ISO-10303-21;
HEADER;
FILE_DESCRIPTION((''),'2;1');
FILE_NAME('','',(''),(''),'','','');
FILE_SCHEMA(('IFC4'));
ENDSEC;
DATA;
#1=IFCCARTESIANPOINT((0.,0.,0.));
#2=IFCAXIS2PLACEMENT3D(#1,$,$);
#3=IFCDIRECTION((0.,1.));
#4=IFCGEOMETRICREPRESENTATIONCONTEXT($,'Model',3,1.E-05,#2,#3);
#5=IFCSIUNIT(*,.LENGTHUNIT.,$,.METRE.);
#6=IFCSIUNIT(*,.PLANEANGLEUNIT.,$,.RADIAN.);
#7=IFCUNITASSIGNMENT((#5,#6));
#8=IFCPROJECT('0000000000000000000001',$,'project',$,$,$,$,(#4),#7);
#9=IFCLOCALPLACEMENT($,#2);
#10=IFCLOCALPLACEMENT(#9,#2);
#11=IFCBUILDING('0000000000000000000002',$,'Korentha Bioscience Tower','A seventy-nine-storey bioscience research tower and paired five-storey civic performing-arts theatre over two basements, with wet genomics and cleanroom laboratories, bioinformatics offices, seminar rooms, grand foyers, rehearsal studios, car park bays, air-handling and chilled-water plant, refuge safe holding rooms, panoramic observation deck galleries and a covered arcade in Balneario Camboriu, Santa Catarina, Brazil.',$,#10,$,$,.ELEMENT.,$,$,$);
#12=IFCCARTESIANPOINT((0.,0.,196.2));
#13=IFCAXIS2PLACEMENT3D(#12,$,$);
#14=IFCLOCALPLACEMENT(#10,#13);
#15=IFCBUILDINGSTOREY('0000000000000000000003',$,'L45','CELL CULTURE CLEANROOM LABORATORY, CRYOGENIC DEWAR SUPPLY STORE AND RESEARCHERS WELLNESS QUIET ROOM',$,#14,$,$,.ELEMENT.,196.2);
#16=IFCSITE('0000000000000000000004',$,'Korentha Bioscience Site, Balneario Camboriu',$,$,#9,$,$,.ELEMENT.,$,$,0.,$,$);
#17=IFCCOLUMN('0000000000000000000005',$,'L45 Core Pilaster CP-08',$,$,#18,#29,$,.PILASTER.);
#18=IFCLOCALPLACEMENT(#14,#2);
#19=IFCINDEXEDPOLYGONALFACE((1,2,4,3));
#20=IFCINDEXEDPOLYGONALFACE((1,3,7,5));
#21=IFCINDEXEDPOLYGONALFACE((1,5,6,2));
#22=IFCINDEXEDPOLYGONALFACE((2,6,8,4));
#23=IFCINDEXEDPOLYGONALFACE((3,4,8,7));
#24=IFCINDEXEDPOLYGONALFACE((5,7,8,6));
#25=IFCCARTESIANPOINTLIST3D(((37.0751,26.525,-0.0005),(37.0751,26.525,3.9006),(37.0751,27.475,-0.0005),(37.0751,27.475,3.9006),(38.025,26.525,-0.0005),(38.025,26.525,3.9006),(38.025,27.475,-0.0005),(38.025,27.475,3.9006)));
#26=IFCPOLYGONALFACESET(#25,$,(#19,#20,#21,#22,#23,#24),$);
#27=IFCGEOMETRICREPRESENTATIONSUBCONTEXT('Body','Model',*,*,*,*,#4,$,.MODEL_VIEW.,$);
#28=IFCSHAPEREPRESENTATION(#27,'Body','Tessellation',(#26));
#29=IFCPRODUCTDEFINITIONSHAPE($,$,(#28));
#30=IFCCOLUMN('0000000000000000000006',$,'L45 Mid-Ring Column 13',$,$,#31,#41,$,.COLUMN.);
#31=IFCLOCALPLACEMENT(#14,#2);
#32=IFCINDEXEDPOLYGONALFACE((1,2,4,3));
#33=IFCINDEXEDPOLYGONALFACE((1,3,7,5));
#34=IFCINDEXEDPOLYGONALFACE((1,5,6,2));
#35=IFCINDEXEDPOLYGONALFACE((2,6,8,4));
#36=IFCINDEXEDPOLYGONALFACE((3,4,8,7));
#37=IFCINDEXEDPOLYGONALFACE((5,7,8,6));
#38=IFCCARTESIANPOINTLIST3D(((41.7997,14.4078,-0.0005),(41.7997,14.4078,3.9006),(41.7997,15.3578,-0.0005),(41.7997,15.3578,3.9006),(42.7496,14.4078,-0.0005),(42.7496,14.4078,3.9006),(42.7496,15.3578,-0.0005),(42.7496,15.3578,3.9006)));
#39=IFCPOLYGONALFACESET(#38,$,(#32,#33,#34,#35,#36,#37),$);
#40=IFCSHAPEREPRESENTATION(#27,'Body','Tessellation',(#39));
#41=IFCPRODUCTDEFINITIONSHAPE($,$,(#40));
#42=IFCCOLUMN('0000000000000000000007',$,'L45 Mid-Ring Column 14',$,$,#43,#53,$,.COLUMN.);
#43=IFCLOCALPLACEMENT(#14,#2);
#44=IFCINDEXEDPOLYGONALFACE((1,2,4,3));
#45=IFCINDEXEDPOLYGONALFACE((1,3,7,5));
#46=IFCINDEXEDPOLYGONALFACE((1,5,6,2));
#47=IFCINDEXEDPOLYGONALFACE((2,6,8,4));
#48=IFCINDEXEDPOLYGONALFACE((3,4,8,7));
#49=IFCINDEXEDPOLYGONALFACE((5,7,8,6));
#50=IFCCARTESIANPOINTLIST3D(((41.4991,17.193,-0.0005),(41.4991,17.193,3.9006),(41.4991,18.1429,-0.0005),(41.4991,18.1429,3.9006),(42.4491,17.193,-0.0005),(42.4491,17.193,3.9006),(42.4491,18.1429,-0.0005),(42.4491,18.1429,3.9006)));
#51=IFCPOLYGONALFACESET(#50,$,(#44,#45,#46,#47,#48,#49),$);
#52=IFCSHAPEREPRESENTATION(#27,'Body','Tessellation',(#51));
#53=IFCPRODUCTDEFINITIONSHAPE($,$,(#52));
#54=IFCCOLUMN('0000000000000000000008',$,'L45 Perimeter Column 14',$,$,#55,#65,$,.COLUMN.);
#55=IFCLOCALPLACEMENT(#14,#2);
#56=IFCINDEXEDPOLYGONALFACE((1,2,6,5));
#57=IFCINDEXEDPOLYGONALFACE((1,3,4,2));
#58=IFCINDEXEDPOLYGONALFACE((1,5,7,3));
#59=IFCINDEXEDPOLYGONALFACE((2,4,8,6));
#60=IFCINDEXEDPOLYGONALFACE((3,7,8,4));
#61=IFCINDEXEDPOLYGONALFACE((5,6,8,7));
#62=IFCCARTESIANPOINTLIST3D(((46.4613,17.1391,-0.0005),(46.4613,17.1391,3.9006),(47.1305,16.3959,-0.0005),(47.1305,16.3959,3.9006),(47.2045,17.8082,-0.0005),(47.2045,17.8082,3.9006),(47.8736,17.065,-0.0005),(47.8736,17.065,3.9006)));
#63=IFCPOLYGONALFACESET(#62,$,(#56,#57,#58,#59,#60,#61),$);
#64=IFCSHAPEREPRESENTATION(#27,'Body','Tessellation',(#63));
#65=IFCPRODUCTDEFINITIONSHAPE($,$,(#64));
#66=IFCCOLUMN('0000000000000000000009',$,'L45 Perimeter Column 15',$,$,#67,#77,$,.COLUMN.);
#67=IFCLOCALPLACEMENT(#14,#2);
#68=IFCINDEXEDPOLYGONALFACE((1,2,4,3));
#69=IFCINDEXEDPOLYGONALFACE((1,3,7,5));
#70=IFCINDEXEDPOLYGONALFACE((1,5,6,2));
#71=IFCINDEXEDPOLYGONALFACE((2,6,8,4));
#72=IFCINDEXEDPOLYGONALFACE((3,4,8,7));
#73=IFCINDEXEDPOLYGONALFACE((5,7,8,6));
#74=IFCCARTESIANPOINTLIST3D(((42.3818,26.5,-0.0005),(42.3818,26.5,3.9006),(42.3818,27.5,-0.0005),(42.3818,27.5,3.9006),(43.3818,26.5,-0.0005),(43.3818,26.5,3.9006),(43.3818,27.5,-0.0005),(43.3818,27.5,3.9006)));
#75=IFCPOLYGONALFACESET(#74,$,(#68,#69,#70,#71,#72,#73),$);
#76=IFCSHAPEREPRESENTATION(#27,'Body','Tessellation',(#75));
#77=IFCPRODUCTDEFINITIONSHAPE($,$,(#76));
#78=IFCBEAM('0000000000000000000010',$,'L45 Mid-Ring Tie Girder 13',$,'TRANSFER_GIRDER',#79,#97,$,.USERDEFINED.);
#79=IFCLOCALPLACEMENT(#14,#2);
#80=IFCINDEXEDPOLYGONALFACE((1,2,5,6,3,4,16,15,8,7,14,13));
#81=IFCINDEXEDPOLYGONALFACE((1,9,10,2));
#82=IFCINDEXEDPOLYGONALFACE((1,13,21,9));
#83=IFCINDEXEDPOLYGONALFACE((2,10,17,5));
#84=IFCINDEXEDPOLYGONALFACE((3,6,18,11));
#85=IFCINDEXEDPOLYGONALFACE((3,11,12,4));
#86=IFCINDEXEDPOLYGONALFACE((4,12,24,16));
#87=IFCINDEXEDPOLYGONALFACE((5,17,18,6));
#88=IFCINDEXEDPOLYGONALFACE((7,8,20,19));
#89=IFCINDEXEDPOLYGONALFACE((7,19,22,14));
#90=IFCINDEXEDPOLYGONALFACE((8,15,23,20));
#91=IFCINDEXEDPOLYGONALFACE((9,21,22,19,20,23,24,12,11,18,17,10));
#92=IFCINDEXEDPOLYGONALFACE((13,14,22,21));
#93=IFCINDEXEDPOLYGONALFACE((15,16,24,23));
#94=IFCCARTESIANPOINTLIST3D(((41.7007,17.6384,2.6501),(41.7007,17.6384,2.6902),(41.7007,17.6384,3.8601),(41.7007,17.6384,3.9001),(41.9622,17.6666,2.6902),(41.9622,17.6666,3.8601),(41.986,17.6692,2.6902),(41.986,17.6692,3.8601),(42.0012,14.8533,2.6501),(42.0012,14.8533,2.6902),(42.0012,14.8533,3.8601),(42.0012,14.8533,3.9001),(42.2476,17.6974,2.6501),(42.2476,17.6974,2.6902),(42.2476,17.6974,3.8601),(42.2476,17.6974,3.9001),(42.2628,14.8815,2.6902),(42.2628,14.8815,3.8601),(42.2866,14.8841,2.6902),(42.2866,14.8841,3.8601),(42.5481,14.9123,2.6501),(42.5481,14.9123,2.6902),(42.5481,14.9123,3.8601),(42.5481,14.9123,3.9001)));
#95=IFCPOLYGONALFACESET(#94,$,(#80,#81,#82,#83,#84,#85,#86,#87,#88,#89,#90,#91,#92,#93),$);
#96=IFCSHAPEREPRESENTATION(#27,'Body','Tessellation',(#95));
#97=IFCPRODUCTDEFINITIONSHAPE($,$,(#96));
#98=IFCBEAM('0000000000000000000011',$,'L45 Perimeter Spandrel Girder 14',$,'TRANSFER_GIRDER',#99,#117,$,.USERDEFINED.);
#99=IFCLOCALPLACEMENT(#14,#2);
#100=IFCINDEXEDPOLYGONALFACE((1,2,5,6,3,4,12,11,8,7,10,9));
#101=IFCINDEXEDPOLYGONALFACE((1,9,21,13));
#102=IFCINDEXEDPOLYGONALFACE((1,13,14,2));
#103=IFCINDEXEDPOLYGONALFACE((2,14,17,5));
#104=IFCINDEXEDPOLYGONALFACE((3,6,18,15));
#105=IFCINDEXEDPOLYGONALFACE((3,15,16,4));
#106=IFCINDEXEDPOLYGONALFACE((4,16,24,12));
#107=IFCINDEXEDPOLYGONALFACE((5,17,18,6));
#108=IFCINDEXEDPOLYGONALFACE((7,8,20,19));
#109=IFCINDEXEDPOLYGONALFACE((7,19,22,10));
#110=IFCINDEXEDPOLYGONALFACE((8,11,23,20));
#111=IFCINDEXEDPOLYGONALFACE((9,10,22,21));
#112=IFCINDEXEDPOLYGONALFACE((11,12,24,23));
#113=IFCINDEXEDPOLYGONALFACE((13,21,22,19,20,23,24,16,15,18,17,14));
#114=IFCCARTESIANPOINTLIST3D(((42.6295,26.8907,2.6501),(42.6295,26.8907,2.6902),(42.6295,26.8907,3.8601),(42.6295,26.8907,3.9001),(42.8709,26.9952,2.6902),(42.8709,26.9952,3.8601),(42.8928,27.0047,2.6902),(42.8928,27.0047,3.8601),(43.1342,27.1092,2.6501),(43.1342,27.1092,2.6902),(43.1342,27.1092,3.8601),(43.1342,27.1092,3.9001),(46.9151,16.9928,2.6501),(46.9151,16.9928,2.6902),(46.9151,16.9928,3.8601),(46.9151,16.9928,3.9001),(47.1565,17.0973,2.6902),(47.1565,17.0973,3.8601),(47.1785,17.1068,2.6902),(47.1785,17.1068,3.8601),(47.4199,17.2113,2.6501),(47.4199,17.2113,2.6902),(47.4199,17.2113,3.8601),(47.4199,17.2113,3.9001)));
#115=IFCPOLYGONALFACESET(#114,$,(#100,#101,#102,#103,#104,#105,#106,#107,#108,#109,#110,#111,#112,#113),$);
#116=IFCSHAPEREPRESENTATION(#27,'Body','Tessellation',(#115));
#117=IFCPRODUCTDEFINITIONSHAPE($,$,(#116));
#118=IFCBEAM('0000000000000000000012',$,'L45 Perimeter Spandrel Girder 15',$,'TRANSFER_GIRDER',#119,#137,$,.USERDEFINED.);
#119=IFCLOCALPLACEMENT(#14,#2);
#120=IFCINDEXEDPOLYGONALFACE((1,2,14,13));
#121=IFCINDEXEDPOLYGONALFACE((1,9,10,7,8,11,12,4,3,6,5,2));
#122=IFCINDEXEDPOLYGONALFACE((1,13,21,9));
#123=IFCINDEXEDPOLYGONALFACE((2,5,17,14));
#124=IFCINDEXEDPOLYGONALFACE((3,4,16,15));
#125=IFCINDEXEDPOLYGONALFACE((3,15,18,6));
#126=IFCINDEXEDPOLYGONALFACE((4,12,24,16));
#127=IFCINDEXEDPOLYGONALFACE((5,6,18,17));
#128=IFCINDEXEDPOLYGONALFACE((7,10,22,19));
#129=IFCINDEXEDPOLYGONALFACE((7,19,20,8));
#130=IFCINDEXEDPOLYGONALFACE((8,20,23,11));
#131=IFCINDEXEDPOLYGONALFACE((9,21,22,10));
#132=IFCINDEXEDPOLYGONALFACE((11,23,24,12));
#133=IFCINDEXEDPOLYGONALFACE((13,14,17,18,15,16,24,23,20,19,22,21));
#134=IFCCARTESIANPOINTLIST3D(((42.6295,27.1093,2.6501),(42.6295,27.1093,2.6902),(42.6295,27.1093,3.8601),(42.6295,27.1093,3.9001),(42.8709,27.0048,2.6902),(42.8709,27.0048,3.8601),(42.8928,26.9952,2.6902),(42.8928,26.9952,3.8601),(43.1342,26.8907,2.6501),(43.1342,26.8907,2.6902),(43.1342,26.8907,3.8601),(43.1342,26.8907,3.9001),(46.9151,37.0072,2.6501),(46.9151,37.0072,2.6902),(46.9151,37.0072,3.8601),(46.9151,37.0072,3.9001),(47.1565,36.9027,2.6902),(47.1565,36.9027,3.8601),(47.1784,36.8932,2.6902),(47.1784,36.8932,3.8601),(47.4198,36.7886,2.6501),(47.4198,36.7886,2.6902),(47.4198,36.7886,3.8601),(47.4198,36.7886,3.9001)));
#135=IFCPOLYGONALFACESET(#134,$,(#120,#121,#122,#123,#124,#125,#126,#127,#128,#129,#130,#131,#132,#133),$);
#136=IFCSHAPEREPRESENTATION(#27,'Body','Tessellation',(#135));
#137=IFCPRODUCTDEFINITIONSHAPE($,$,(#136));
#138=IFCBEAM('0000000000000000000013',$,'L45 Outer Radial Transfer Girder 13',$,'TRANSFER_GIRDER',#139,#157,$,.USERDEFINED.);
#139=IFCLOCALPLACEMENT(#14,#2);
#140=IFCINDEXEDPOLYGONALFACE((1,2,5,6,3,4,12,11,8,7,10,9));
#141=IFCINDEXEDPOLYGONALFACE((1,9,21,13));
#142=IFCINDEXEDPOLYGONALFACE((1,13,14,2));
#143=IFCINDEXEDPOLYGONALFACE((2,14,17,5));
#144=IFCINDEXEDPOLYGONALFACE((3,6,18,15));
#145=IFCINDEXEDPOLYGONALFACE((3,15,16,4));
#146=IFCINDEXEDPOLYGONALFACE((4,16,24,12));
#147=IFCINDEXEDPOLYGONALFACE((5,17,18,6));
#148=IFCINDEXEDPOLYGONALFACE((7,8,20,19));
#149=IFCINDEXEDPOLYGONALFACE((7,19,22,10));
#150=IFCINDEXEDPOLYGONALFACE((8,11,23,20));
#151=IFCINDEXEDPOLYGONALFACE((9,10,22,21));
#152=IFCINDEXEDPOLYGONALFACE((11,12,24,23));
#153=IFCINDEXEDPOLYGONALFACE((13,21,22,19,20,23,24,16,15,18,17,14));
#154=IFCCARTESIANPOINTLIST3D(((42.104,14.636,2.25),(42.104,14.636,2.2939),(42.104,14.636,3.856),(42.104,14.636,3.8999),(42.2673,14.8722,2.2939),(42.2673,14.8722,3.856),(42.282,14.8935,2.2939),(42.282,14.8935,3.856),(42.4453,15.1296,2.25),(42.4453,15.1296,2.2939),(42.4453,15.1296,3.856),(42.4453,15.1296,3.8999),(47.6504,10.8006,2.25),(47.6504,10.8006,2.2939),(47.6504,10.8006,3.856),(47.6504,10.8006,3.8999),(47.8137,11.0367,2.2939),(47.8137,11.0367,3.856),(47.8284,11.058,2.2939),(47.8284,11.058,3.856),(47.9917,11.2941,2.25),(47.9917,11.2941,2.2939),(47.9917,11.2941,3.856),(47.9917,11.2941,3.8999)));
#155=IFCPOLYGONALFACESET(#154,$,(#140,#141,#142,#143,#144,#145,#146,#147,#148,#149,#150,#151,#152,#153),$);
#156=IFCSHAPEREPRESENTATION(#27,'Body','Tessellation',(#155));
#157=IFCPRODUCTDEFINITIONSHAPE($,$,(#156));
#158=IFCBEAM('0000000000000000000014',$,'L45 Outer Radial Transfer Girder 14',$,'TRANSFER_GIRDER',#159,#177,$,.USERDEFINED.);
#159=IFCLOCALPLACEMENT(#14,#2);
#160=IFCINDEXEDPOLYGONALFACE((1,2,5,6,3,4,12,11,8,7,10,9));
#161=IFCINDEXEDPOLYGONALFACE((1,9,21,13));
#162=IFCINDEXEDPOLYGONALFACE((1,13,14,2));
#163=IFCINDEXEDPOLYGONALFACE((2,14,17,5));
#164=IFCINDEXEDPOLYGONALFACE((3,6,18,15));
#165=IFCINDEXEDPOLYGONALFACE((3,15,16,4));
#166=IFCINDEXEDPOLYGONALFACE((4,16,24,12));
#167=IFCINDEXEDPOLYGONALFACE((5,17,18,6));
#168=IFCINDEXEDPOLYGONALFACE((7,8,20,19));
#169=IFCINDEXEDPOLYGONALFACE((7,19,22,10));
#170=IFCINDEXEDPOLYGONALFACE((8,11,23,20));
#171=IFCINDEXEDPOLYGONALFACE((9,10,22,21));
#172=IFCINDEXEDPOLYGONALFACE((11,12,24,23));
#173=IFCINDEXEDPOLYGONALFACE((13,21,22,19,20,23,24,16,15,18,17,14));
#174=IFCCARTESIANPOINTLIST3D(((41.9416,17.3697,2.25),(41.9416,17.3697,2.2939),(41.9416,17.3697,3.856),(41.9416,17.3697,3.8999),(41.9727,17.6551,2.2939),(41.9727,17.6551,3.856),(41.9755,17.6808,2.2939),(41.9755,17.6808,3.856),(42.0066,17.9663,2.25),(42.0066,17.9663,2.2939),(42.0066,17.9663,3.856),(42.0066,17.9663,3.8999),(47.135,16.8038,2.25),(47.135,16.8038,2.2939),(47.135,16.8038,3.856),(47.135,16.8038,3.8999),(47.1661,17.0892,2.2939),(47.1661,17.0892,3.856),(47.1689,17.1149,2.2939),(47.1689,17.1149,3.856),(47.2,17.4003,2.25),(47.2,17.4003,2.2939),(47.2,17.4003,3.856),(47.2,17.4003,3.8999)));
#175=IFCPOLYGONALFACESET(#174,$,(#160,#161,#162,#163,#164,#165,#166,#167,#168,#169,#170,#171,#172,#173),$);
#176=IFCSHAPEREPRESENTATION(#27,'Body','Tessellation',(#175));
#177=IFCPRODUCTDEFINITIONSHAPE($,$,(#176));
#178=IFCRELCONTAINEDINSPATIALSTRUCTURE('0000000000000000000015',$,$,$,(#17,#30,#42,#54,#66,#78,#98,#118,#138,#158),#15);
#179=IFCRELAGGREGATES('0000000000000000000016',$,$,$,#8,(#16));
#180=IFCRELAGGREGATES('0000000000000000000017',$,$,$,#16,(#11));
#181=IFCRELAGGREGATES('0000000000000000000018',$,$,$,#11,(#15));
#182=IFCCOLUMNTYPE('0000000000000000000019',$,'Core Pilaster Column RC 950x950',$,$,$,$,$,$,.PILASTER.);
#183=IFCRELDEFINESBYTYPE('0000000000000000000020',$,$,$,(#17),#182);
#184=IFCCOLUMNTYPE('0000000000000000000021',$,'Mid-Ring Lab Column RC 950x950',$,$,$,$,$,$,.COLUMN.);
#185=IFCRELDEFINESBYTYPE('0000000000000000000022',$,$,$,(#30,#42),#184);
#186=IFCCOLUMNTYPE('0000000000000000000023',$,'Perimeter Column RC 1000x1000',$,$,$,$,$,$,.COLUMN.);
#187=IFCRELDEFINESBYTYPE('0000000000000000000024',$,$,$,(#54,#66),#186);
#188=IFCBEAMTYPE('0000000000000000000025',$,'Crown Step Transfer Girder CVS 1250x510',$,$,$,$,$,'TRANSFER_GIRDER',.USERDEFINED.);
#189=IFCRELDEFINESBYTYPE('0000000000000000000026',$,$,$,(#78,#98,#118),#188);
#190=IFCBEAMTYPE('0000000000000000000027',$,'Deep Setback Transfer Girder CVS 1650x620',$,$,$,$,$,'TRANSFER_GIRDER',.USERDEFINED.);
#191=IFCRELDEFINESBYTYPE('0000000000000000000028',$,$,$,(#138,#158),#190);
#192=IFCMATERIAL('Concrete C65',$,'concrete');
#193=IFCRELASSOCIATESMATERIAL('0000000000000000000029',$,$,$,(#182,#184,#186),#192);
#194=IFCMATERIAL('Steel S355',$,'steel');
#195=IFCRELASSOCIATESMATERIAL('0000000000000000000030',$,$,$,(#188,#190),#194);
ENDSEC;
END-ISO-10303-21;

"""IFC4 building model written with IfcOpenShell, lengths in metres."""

from ifc_helpers import new_model, si_unit, direction, frame, origin, origin_2d, place, context, subcontext, project, spatial, rectangle, i_section, extrude, material, material_profile, profile_set, type_object, element, save


model = new_model("IFC4")

# Units and contexts
model_context = context("Model", 3, precision=1e-05, world=origin(), true_north=direction((0.0, 1.0)))
body_context = subcontext(model_context, "Body", "Model", "MODEL_VIEW")
ifc_project = project(units=[si_unit("LENGTHUNIT", "METRE"), si_unit("PLANEANGLEUNIT", "RADIAN")], contexts=[model_context])

# Site, building, storey
site_placement = place(None, origin())
site = spatial("IfcSite", under=ifc_project, at=site_placement, Name="Korentha Bioscience Site, Balneario Camboriu", CompositionType="ELEMENT", RefElevation=0.0)
building_placement = place(site_placement, origin())
building = spatial("IfcBuilding", under=site, at=building_placement, Name="Korentha Bioscience Tower", Description="A seventy-nine-storey bioscience research tower and paired five-storey civic performing-arts theatre over two basements, with wet genomics and cleanroom laboratories, bioinformatics offices, seminar rooms, grand foyers, rehearsal studios, car park bays, air-handling and chilled-water plant, refuge safe holding rooms, panoramic observation deck galleries and a covered arcade in Balneario Camboriu, Santa Catarina, Brazil.", CompositionType="ELEMENT")
storey_placement = place(building_placement, frame((0.0, 0.0, 196.2)))
storey = spatial("IfcBuildingStorey", under=building, at=storey_placement, Name="L45", Description="CELL CULTURE CLEANROOM LABORATORY, CRYOGENIC DEWAR SUPPLY STORE AND RESEARCHERS WELLNESS QUIET ROOM", CompositionType="ELEMENT", Elevation=196.2)

# Columns
ifc_material_1 = material(Name="Concrete C65", Category="concrete")
ifc_material_profile_1 = material_profile(ifc_material_1, rectangle(XDim=0.95, YDim=0.95, at=origin_2d()), Name="Concrete C65")
ifc_profile_set_1 = profile_set([ifc_material_profile_1], Name="Concrete C65 (COL-CP09)")
column_type_1 = type_object("IfcColumnType", Name="Core Pilaster Column RC 950x950", PredefinedType="PILASTER", material=ifc_profile_set_1)
column_placement = place(storey_placement, frame((37.55, 27.0, -0.0005), z_axis=(0.0, 0.0, 1.0), x_axis=(1.0, 0.0, 0.0)))
element("IfcColumn", 1, at=column_placement, inside=storey, type_object=column_type_1, Name="L45 Core Pilaster CP-08", PredefinedType="PILASTER", context=body_context, shape_type="SweptSolid", body=[
    extrude(rectangle(XDim=0.95, YDim=0.95, at=origin_2d()), origin(), (0.0, 0.0, 1.0), 3.9011),
])
ifc_material_profile_2 = material_profile(ifc_material_1, rectangle(XDim=0.95, YDim=0.95, at=origin_2d()), Name="Concrete C65")
ifc_profile_set_2 = profile_set([ifc_material_profile_2], Name="Concrete C65 (COL-MR09)")
column_type_2 = type_object("IfcColumnType", Name="Mid-Ring Lab Column RC 950x950", PredefinedType="COLUMN", material=ifc_profile_set_2)
for number, where, z_axis, x_axis, name in (
    (2, (42.2747, 14.8828, -0.0005), (0.0, 0.0, 1.0), (1.0, 0.0, 0.0), "L45 Mid-Ring Column 13"),
    (3, (41.9741, 17.668, -0.0005), (0.0, 0.0, 1.0), (1.0, 0.0, 0.0), "L45 Mid-Ring Column 14"),
):
    element("IfcColumn", number, at=place(storey_placement, frame(where, z_axis=z_axis, x_axis=x_axis)), inside=storey, type_object=column_type_2, Name=name, PredefinedType="COLUMN", context=body_context, shape_type="SweptSolid", body=[
        extrude(rectangle(XDim=0.95, YDim=0.95, at=origin_2d()), origin(), (0.0, 0.0, 1.0), 3.9011),
    ])
ifc_material_profile_3 = material_profile(ifc_material_1, rectangle(XDim=1.0, YDim=1.0, at=origin_2d()), Name="Concrete C65")
ifc_profile_set_3 = profile_set([ifc_material_profile_3], Name="Concrete C65 (COL-P10)")
column_type_3 = type_object("IfcColumnType", Name="Perimeter Column RC 1000x1000", PredefinedType="COLUMN", material=ifc_profile_set_3)
for number, where, z_axis, x_axis, name in (
    (4, (47.1675, 17.1021, -0.0005), (0.0, 0.0, 1.0), (-0.669131, 0.743145, 0.0), "L45 Perimeter Column 14"),
    (5, (42.8818, 27.0, -0.0005), (0.0, 0.0, 1.0), (0.0, 1.0, 0.0), "L45 Perimeter Column 15"),
):
    element("IfcColumn", number, at=place(storey_placement, frame(where, z_axis=z_axis, x_axis=x_axis)), inside=storey, type_object=column_type_3, Name=name, PredefinedType="COLUMN", context=body_context, shape_type="SweptSolid", body=[
        extrude(rectangle(XDim=1.0, YDim=1.0, at=origin_2d()), origin(), (0.0, 0.0, 1.0), 3.9011),
    ])

# Beams
ifc_material_2 = material(Name="Steel S355", Category="steel")
ifc_material_profile_4 = material_profile(ifc_material_2, i_section(OverallWidth=0.55, OverallDepth=1.25, WebThickness=0.0239, FlangeThickness=0.04, at=origin_2d()), Name="Steel S355")
ifc_profile_set_4 = profile_set([ifc_material_profile_4], Name="Steel S355 (TG-03)")
beam_type_1 = type_object("IfcBeamType", Name="Crown Step Transfer Girder CVS 1250x510", ElementType="TRANSFER_GIRDER", PredefinedType="USERDEFINED", material=ifc_profile_set_4)
beam_1_placement = place(storey_placement, frame((42.2747, 14.8828, 3.2751), z_axis=(-0.107284, 0.994228, 0.0), x_axis=(-0.994228, -0.107284, 0.0)))
element("IfcBeam", 6, at=beam_1_placement, inside=storey, type_object=beam_type_1, Name="L45 Mid-Ring Tie Girder 13", ObjectType="TRANSFER_GIRDER", PredefinedType="USERDEFINED", context=body_context, shape_type="SweptSolid", body=[
    extrude(i_section(OverallWidth=0.55, OverallDepth=1.25, WebThickness=0.0239, FlangeThickness=0.04, at=origin_2d()), origin(), (0.0, 0.0, 1.0), 2.8013),
])
for number, where, z_axis, x_axis, name in (
    (7, (47.1675, 17.1021, 3.2751), (-0.397337, 0.917673, 0.0), (-0.917673, -0.397337, 0.0), "L45 Perimeter Spandrel Girder 14"),
    (8, (42.8818, 27.0, 3.2751), (0.397337, 0.917673, 0.0), (-0.917673, 0.397337, 0.0), "L45 Perimeter Spandrel Girder 15"),
):
    element("IfcBeam", number, at=place(storey_placement, frame(where, z_axis=z_axis, x_axis=x_axis)), inside=storey, type_object=beam_type_1, Name=name, ObjectType="TRANSFER_GIRDER", PredefinedType="USERDEFINED", context=body_context, shape_type="SweptSolid", body=[
        extrude(i_section(OverallWidth=0.55, OverallDepth=1.25, WebThickness=0.0239, FlangeThickness=0.04, at=origin_2d()), origin(), (0.0, 0.0, 1.0), 10.7859),
    ])
ifc_material_profile_5 = material_profile(ifc_material_2, i_section(OverallWidth=0.6001, OverallDepth=1.6499, WebThickness=0.0259, FlangeThickness=0.0439, at=origin_2d()), Name="Steel S355")
ifc_profile_set_5 = profile_set([ifc_material_profile_5], Name="Steel S355 (TG-04)")
beam_type_2 = type_object("IfcBeamType", Name="Deep Setback Transfer Girder CVS 1650x620", ElementType="TRANSFER_GIRDER", PredefinedType="USERDEFINED", material=ifc_profile_set_5)
beam_2_placement = place(storey_placement, frame((42.2747, 14.8828, 3.075), z_axis=(0.822494, -0.568773, 0.0), x_axis=(0.568773, 0.822494, 0.0)))
element("IfcBeam", 9, at=beam_2_placement, inside=storey, type_object=beam_type_2, Name="L45 Outer Radial Transfer Girder 13", ObjectType="TRANSFER_GIRDER", PredefinedType="USERDEFINED", context=body_context, shape_type="SweptSolid", body=[
    extrude(i_section(OverallWidth=0.6001, OverallDepth=1.6499, WebThickness=0.0259, FlangeThickness=0.0439, at=origin_2d()), origin(), (0.0, 0.0, 1.0), 6.7434),
])
beam_3_placement = place(storey_placement, frame((41.9741, 17.668, 3.075), z_axis=(0.994115, -0.108328, 0.0), x_axis=(0.108328, 0.994115, 0.0)))
element("IfcBeam", 10, at=beam_3_placement, inside=storey, type_object=beam_type_2, Name="L45 Outer Radial Transfer Girder 14", ObjectType="TRANSFER_GIRDER", PredefinedType="USERDEFINED", context=body_context, shape_type="SweptSolid", body=[
    extrude(i_section(OverallWidth=0.6001, OverallDepth=1.6499, WebThickness=0.0259, FlangeThickness=0.0439, at=origin_2d()), origin(), (0.0, 0.0, 1.0), 5.2241),
])

save(model, "model.ifc")
